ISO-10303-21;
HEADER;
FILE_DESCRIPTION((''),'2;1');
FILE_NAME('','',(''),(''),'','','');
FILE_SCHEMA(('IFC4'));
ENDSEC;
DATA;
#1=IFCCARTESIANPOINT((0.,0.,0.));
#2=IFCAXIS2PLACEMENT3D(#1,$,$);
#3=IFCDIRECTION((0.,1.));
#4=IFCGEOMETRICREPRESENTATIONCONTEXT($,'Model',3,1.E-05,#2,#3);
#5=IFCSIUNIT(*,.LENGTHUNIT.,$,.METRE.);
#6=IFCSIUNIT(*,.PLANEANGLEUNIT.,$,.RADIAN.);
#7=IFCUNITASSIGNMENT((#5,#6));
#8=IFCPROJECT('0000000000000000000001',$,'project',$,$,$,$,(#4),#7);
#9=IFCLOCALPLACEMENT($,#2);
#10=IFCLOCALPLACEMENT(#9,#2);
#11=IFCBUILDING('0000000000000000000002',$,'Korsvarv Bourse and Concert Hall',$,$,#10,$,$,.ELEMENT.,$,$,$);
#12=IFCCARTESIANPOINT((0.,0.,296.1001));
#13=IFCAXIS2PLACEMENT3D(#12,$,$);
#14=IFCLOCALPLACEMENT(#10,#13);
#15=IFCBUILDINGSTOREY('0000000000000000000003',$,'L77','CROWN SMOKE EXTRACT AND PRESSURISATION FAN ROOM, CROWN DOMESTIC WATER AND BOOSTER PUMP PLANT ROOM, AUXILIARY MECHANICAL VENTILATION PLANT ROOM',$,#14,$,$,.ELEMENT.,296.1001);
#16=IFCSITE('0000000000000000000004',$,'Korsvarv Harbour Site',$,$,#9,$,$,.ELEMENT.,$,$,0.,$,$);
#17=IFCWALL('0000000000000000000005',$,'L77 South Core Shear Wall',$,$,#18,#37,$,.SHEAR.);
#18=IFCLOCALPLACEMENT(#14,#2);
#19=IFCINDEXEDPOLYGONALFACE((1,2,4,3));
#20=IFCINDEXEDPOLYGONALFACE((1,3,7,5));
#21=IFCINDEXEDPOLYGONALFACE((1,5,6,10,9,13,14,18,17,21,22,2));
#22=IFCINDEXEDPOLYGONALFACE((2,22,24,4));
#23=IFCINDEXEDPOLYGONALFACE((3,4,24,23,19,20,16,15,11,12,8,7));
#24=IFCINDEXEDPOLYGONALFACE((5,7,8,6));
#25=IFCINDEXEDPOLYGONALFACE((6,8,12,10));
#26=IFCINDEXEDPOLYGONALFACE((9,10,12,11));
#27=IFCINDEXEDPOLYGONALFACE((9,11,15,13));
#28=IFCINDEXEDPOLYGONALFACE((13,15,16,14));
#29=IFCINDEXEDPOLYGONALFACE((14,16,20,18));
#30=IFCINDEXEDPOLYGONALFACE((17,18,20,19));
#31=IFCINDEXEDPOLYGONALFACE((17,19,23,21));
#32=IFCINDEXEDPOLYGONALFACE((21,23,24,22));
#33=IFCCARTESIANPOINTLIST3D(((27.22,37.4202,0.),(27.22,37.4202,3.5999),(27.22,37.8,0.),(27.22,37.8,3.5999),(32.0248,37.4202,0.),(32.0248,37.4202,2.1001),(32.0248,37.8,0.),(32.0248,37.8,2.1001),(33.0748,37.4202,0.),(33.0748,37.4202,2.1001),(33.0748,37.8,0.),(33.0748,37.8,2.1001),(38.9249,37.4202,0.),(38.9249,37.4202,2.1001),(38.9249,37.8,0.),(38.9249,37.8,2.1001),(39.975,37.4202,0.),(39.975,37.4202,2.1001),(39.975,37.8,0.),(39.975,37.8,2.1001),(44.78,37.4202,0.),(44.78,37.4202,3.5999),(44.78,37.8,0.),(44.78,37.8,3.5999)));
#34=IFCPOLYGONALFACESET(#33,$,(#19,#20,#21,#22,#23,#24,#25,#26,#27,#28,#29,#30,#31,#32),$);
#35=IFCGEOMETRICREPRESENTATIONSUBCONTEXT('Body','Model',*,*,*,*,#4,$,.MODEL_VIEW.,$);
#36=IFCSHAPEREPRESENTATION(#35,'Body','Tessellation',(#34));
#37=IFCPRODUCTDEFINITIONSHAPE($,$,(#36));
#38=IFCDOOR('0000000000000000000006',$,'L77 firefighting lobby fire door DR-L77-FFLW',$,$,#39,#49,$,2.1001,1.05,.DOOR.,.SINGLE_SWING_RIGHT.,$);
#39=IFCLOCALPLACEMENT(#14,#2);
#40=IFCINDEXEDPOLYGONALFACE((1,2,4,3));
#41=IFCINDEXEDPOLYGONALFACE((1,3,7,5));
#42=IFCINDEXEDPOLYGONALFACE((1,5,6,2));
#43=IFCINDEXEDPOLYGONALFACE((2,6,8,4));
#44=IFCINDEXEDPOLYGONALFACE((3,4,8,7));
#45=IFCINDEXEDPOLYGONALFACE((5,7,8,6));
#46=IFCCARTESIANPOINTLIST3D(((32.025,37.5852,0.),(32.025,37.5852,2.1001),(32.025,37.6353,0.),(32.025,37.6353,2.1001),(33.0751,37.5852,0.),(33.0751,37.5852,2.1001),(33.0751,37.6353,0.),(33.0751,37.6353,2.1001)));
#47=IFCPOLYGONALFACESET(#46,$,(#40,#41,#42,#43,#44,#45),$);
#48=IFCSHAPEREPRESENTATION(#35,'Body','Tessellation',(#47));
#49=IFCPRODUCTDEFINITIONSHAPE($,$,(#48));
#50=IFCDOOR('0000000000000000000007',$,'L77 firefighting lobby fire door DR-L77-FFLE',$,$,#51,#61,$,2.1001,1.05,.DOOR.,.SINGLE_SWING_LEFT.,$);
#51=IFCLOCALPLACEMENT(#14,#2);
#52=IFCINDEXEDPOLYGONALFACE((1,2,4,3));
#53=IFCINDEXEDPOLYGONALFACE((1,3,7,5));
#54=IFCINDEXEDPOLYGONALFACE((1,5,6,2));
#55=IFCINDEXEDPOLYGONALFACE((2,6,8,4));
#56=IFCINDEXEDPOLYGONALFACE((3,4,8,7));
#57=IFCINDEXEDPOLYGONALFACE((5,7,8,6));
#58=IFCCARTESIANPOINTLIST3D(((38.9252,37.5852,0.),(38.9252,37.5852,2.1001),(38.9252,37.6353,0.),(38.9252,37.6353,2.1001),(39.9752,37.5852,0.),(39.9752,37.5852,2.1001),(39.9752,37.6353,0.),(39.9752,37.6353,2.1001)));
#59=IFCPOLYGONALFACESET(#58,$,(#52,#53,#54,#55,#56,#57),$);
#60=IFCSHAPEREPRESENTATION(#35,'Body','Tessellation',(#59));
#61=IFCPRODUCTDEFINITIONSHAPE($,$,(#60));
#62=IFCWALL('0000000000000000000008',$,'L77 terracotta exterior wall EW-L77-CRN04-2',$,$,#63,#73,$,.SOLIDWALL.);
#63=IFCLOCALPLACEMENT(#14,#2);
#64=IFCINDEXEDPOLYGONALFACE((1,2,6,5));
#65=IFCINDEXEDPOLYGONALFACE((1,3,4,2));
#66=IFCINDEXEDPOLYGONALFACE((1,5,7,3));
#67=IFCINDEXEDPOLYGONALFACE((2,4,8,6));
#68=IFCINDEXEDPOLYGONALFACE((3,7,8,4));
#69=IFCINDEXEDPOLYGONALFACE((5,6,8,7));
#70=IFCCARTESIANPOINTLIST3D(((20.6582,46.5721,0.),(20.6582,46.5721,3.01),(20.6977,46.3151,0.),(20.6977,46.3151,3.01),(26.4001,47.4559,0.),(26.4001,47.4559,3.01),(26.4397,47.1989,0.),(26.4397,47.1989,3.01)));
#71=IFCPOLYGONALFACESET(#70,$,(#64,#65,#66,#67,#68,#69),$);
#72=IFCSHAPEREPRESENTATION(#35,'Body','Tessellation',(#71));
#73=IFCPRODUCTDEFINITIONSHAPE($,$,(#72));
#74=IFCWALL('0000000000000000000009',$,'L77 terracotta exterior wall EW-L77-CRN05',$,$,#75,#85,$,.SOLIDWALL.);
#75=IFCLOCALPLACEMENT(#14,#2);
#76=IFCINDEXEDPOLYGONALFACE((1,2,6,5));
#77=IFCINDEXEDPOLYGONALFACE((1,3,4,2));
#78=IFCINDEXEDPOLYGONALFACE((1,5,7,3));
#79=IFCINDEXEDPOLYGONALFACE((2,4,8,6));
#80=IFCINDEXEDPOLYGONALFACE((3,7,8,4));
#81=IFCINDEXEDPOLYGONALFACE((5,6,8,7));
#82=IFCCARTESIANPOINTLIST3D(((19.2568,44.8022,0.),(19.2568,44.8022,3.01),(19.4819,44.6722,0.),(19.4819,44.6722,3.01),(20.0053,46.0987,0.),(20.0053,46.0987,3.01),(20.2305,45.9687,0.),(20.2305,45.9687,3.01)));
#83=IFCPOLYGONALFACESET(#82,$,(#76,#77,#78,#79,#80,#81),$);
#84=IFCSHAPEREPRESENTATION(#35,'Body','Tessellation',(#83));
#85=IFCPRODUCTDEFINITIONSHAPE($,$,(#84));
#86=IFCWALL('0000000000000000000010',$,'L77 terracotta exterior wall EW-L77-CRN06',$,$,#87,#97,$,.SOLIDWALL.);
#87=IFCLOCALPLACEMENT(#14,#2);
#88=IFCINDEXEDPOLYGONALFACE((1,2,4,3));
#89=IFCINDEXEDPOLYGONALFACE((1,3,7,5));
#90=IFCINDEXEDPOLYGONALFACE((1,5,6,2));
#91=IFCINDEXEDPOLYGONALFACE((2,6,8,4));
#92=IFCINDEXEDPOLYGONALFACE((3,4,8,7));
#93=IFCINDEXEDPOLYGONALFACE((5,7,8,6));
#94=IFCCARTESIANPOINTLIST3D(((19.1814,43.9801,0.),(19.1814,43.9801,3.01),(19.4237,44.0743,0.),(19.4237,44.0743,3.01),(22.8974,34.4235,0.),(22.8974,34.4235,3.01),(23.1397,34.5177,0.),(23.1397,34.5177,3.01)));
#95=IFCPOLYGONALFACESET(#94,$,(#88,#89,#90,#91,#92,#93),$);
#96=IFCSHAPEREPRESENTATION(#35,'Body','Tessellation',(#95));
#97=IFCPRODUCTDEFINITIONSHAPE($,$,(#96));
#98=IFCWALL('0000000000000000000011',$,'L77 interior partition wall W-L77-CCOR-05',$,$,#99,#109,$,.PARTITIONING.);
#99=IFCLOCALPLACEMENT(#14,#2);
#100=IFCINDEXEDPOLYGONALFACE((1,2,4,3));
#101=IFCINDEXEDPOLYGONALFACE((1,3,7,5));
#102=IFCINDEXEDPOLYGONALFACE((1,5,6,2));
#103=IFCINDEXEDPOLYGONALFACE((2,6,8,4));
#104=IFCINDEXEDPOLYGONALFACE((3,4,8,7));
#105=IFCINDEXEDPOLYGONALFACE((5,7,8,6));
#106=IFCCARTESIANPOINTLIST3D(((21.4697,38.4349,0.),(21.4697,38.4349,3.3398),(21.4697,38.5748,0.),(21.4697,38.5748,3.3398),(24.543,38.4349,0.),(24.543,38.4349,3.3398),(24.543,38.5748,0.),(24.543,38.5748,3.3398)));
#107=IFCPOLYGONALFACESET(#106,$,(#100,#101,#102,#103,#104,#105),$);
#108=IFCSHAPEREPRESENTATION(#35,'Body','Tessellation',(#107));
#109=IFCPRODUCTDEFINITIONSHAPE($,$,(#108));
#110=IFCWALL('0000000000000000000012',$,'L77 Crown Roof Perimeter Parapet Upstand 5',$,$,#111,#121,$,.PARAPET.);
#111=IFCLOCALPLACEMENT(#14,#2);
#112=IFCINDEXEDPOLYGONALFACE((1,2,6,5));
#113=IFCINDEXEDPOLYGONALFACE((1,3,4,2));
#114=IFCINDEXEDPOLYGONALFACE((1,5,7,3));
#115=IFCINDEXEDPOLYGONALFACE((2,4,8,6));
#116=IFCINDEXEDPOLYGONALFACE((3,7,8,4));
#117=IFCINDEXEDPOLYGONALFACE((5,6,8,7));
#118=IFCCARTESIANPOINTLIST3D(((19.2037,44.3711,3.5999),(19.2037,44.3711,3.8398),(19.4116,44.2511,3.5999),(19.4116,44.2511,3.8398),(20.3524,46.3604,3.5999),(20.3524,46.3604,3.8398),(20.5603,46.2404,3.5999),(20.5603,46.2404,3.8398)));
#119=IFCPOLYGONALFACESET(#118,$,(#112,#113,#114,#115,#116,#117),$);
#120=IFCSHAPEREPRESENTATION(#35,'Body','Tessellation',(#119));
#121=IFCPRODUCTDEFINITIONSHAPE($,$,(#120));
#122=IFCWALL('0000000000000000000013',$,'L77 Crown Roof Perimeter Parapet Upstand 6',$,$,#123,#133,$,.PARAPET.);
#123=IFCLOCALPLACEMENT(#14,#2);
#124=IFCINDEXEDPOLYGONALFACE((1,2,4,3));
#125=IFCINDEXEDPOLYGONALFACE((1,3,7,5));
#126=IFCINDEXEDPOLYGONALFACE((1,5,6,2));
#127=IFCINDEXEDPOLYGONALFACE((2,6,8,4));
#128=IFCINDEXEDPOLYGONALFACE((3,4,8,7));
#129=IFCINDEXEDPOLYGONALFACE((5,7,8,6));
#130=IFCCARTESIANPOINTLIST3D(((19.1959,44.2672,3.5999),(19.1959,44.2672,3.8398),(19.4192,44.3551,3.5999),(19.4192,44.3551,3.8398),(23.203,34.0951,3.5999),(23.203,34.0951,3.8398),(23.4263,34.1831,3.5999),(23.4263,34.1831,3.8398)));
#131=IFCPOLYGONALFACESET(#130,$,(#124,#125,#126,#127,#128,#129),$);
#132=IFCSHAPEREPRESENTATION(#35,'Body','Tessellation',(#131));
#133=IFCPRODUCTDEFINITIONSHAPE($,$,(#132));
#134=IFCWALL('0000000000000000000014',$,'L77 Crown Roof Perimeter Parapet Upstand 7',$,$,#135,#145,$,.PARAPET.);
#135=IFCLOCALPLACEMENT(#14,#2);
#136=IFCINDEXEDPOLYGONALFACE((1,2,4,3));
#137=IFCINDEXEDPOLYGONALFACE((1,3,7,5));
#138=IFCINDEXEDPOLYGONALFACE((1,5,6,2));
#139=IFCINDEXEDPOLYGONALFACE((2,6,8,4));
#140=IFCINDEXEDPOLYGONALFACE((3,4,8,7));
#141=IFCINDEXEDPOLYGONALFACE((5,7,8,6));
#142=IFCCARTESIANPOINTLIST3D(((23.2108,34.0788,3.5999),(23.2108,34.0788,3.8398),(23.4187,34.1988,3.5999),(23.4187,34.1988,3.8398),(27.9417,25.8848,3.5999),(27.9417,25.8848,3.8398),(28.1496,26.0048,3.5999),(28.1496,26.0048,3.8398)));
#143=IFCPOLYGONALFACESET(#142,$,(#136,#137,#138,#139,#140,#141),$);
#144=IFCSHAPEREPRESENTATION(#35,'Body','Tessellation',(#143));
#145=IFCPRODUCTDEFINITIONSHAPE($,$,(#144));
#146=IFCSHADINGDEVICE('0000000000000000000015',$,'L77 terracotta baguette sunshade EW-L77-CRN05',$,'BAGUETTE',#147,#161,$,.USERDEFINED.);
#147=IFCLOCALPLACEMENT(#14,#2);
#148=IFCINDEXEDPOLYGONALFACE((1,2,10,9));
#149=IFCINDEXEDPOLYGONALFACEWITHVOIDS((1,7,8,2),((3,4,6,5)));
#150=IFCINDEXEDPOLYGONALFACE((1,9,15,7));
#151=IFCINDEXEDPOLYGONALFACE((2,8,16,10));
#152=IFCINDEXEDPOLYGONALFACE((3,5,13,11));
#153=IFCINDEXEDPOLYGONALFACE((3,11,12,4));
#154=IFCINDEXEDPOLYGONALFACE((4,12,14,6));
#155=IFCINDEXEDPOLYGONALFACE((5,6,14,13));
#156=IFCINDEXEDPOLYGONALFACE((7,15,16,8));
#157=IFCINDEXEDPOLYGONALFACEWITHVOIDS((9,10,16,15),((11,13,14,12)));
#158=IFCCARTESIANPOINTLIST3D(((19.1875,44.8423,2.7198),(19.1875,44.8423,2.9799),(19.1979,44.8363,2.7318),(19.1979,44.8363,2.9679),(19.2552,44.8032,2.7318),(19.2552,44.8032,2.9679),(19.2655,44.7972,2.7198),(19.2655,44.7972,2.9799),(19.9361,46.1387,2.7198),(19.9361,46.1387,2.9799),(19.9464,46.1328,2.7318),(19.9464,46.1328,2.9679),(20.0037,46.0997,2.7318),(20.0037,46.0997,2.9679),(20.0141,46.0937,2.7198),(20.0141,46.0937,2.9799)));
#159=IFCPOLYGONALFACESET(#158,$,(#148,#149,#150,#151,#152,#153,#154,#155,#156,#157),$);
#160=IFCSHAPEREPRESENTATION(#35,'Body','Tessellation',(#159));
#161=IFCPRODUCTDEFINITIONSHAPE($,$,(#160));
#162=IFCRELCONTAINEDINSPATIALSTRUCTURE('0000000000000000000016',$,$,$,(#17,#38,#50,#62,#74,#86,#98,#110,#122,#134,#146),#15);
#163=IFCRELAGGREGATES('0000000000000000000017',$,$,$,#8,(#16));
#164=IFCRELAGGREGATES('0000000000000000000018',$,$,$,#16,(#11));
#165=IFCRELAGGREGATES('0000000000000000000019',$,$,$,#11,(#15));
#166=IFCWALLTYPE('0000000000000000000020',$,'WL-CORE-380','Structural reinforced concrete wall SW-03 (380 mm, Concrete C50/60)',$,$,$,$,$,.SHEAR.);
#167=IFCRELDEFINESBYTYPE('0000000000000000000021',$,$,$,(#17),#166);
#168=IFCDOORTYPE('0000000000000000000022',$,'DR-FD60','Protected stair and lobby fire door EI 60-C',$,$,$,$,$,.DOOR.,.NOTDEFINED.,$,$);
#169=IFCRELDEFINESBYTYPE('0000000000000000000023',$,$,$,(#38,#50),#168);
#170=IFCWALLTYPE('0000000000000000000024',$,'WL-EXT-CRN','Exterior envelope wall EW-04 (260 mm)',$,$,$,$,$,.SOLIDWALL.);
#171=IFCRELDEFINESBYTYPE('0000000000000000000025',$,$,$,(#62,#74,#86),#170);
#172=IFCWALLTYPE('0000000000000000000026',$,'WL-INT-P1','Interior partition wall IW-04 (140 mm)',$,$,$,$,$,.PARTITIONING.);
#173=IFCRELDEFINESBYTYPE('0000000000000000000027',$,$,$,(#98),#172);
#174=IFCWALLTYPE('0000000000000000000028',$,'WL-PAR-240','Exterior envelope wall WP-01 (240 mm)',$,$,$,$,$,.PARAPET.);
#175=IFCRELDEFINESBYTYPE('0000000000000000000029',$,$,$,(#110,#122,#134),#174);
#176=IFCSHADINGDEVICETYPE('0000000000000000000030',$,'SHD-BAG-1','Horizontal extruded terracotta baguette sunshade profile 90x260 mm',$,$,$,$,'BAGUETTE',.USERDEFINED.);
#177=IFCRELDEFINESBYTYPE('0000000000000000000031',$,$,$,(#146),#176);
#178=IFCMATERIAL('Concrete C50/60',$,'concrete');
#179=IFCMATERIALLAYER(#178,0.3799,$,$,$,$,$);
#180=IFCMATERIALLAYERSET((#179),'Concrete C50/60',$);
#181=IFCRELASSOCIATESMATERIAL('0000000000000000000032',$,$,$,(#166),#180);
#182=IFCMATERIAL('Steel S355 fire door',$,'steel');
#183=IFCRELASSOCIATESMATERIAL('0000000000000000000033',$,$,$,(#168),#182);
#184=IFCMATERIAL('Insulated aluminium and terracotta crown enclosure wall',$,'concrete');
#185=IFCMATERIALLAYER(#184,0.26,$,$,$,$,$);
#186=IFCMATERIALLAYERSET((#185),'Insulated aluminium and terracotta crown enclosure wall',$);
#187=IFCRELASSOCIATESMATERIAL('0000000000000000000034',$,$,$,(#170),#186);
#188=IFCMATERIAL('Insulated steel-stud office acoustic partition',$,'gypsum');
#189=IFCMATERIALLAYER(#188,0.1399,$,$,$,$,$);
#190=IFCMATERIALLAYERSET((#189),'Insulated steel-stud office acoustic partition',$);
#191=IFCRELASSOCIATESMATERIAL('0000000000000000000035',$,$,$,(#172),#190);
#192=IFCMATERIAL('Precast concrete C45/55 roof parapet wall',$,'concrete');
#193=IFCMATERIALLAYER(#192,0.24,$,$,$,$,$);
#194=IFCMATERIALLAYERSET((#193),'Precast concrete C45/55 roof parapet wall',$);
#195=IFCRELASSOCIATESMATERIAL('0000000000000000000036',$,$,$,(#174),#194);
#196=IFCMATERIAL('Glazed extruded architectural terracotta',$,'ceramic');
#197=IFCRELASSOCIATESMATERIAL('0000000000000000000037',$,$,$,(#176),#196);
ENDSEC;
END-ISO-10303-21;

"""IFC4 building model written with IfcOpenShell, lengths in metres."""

from ifc_helpers import new_model, si_unit, direction, frame, frame_2d, origin, origin_2d, place, context, subcontext, project, spatial, rectangle, hollow_rectangle, extrude, source, transform, mapped, material, layer, layer_set, material_profile, profile_set, type_object, element, fill, save


model = new_model("IFC4")

# Units and contexts
model_context = context("Model", 3, precision=1e-05, world=origin(), true_north=direction((0.0, 1.0)))
body_context = subcontext(model_context, "Body", "Model", "MODEL_VIEW")
ifc_project = project(units=[si_unit("LENGTHUNIT", "METRE"), si_unit("PLANEANGLEUNIT", "RADIAN")], contexts=[model_context])

# Site, building, storey
site_placement = place(None, origin())
site = spatial("IfcSite", under=ifc_project, at=site_placement, Name="Korsvarv Harbour Site", CompositionType="ELEMENT", RefElevation=0.0)
building_placement = place(site_placement, origin())
building = spatial("IfcBuilding", under=site, at=building_placement, Name="Korsvarv Bourse and Concert Hall", CompositionType="ELEMENT")
storey_placement = place(building_placement, frame((0.0, 0.0, 296.1001)))
storey = spatial("IfcBuildingStorey", under=building, at=storey_placement, Name="L77", Description="CROWN SMOKE EXTRACT AND PRESSURISATION FAN ROOM, CROWN DOMESTIC WATER AND BOOSTER PUMP PLANT ROOM, AUXILIARY MECHANICAL VENTILATION PLANT ROOM", CompositionType="ELEMENT", Elevation=296.1001)

# Shared definitions
ifc_material_1 = material(Name="Concrete C50/60", Category="concrete")

# Shared definitions
ifc_layer_1 = layer(ifc_material_1, 0.3799)
ifc_layer_set_1 = layer_set([ifc_layer_1], Name="Concrete C50/60")
wall_type_1 = type_object("IfcWallType", Name="WL-CORE-380", Description="Structural reinforced concrete wall SW-03 (380 mm, Concrete C50/60)", PredefinedType="SHEAR", material=ifc_layer_set_1)

# Wall, openings, doors
wall_1_placement = place(storey_placement, frame((27.22, 37.6101, 0.0), z_axis=(0.0, 0.0, 1.0), x_axis=(1.0, 0.0, 0.0)))
wall_1 = element("IfcWall", 1, at=wall_1_placement, inside=storey, type_object=wall_type_1, Name="L77 South Core Shear Wall", PredefinedType="SHEAR", context=body_context, shape_type="SweptSolid", body=[
    extrude(rectangle(XDim=17.5601, YDim=0.3799, at=frame_2d((8.78, 0.0))), origin(), (0.0, 0.0, 1.0), 3.5999),
])
opening_1_placement = place(wall_1_placement, frame((4.8049, 0.0, 0.0)))
opening_1 = element("IfcOpeningElement", 2, at=opening_1_placement, cuts=wall_1, PredefinedType="OPENING", context=body_context, shape_type="SweptSolid", body=[
    extrude(rectangle(XDim=1.05, YDim=2.1001, at=frame_2d((0.5249, 1.05))), frame((0.0, 0.2, 0.0), z_axis=(0.0, -1.0, 0.0), x_axis=(1.0, 0.0, 0.0)), (0.0, 0.0, 1.0), 0.3999),
])
opening_2_placement = place(wall_1_placement, frame((11.7051, 0.0, 0.0)))
opening_2 = element("IfcOpeningElement", 3, at=opening_2_placement, cuts=wall_1, PredefinedType="OPENING", context=body_context, shape_type="SweptSolid", body=[
    extrude(rectangle(XDim=1.05, YDim=2.1001, at=frame_2d((0.5249, 1.05))), frame((0.0, 0.2, 0.0), z_axis=(0.0, -1.0, 0.0), x_axis=(1.0, 0.0, 0.0)), (0.0, 0.0, 1.0), 0.3999),
])
ifc_material_2 = material(Name="Steel S355 fire door", Category="steel")
door_type = type_object("IfcDoorType", Name="DR-FD60", Description="Protected stair and lobby fire door EI 60-C", OperationType="NOTDEFINED", PredefinedType="DOOR", material=ifc_material_2)
door_1_placement = place(opening_1_placement, frame((1.05, 0.0, 0.0), z_axis=(0.0, 0.0, 1.0), x_axis=(-1.0, 0.0, 0.0)))
door_1 = element("IfcDoor", 4, at=door_1_placement, inside=storey, type_object=door_type, Name="L77 firefighting lobby fire door DR-L77-FFLW", OperationType="SINGLE_SWING_RIGHT", OverallHeight=2.1001, OverallWidth=1.05, PredefinedType="DOOR", context=body_context, shape_type="SweptSolid", body=[
    extrude(rectangle(XDim=1.05, YDim=2.1001, at=frame_2d((0.5249, 1.05))), frame((0.0, 0.0249, 0.0), z_axis=(0.0, -1.0, 0.0), x_axis=(1.0, 0.0, 0.0)), (0.0, 0.0, 1.0), 0.05),
])
fill(opening_1, door_1)
door_2_placement = place(opening_2_placement, frame((1.05, 0.0, 0.0), z_axis=(0.0, 0.0, 1.0), x_axis=(-1.0, 0.0, 0.0)))
door_2 = element("IfcDoor", 5, at=door_2_placement, inside=storey, type_object=door_type, Name="L77 firefighting lobby fire door DR-L77-FFLE", OperationType="SINGLE_SWING_LEFT", OverallHeight=2.1001, OverallWidth=1.05, PredefinedType="DOOR", context=body_context, shape_type="SweptSolid", body=[
    extrude(rectangle(XDim=1.05, YDim=2.1001, at=frame_2d((0.5249, 1.05))), frame((0.0, 0.0249, 0.0), z_axis=(0.0, -1.0, 0.0), x_axis=(1.0, 0.0, 0.0)), (0.0, 0.0, 1.0), 0.05),
])
fill(opening_2, door_2)

# Walls
ifc_material_3 = material(Name="Insulated aluminium and terracotta crown enclosure wall", Category="concrete")
ifc_layer_2 = layer(ifc_material_3, 0.26)
ifc_layer_set_2 = layer_set([ifc_layer_2], Name="Insulated aluminium and terracotta crown enclosure wall")
wall_type_2 = type_object("IfcWallType", Name="WL-EXT-CRN", Description="Exterior envelope wall EW-04 (260 mm)", PredefinedType="SOLIDWALL", material=ifc_layer_set_2)
wall_2_placement = place(storey_placement, frame((26.4199, 47.3274, 0.0), z_axis=(0.0, 0.0, 1.0), x_axis=(-0.988361, -0.152127, 0.0)))
element("IfcWall", 6, at=wall_2_placement, inside=storey, type_object=wall_type_2, Name="L77 terracotta exterior wall EW-L77-CRN04-2", PredefinedType="SOLIDWALL", context=body_context, shape_type="SweptSolid", body=[
    extrude(rectangle(XDim=5.8096, YDim=0.26, at=frame_2d((2.9048, 0.0))), origin(), (0.0, 0.0, 1.0), 3.01),
])
wall_3_placement = place(storey_placement, frame((20.1179, 46.0337, 0.0), z_axis=(0.0, 0.0, 1.0), x_axis=(-0.500033, -0.866006, 0.0)))
element("IfcWall", 7, at=wall_3_placement, inside=storey, type_object=wall_type_2, Name="L77 terracotta exterior wall EW-L77-CRN05", PredefinedType="SOLIDWALL", context=body_context, shape_type="SweptSolid", body=[
    extrude(rectangle(XDim=1.4971, YDim=0.26, at=frame_2d((0.7485, 0.0))), origin(), (0.0, 0.0, 1.0), 3.01),
])
wall_4_placement = place(storey_placement, frame((19.3025, 44.0273, 0.0), z_axis=(0.0, 0.0, 1.0), x_axis=(0.362412, -0.932018, 0.0)))
element("IfcWall", 8, at=wall_4_placement, inside=storey, type_object=wall_type_2, Name="L77 terracotta exterior wall EW-L77-CRN06", PredefinedType="SOLIDWALL", context=body_context, shape_type="SweptSolid", body=[
    extrude(rectangle(XDim=10.2537, YDim=0.26, at=frame_2d((5.127, 0.0))), origin(), (0.0, 0.0, 1.0), 3.01),
])
ifc_material_4 = material(Name="Insulated steel-stud office acoustic partition", Category="gypsum")
ifc_layer_3 = layer(ifc_material_4, 0.1399)
ifc_layer_set_3 = layer_set([ifc_layer_3], Name="Insulated steel-stud office acoustic partition")
wall_type_3 = type_object("IfcWallType", Name="WL-INT-P1", Description="Interior partition wall IW-04 (140 mm)", PredefinedType="PARTITIONING", material=ifc_layer_set_3)
wall_5_placement = place(storey_placement, frame((21.4697, 38.5049, 0.0), z_axis=(0.0, 0.0, 1.0), x_axis=(1.0, 0.0, 0.0)))
element("IfcWall", 9, at=wall_5_placement, inside=storey, type_object=wall_type_3, Name="L77 interior partition wall W-L77-CCOR-05", PredefinedType="PARTITIONING", context=body_context, shape_type="SweptSolid", body=[
    extrude(rectangle(XDim=3.0732, YDim=0.1399, at=frame_2d((1.5366, 0.0))), origin(), (0.0, 0.0, 1.0), 3.3398),
])
ifc_material_5 = material(Name="Precast concrete C45/55 roof parapet wall", Category="concrete")
ifc_layer_4 = layer(ifc_material_5, 0.24)
ifc_layer_set_4 = layer_set([ifc_layer_4], Name="Precast concrete C45/55 roof parapet wall")
wall_type_4 = type_object("IfcWallType", Name="WL-PAR-240", Description="Exterior envelope wall WP-01 (240 mm)", PredefinedType="PARAPET", material=ifc_layer_set_4)
wall_6_placement = place(storey_placement, frame((20.4563, 46.3003, 3.5999), z_axis=(0.0, 0.0, 1.0), x_axis=(-0.50006, -0.865991, 0.0)))
element("IfcWall", 10, at=wall_6_placement, inside=storey, type_object=wall_type_4, Name="L77 Crown Roof Perimeter Parapet Upstand 5", PredefinedType="PARAPET", context=body_context, shape_type="SweptSolid", body=[
    extrude(rectangle(XDim=2.2971, YDim=0.24, at=frame_2d((1.1484, 0.0))), origin(), (0.0, 0.0, 1.0), 0.24),
])
wall_7_placement = place(storey_placement, frame((19.3076, 44.311, 3.5999), z_axis=(0.0, 0.0, 1.0), x_axis=(0.366515, -0.930412, 0.0)))
element("IfcWall", 11, at=wall_7_placement, inside=storey, type_object=wall_type_4, Name="L77 Crown Roof Perimeter Parapet Upstand 6", PredefinedType="PARAPET", context=body_context, shape_type="SweptSolid", body=[
    extrude(rectangle(XDim=10.9329, YDim=0.24, at=frame_2d((5.4663, 0.0))), origin(), (0.0, 0.0, 1.0), 0.24),
])
wall_8_placement = place(storey_placement, frame((23.3147, 34.1389, 3.5999), z_axis=(0.0, 0.0, 1.0), x_axis=(0.500008, -0.866021, 0.0)))
element("IfcWall", 12, at=wall_8_placement, inside=storey, type_object=wall_type_4, Name="L77 Crown Roof Perimeter Parapet Upstand 7", PredefinedType="PARAPET", context=body_context, shape_type="SweptSolid", body=[
    extrude(rectangle(XDim=9.4617, YDim=0.24, at=frame_2d((4.731, 0.0))), origin(), (0.0, 0.0, 1.0), 0.24),
])

# Shading device
ifc_material_6 = material(Name="Glazed extruded architectural terracotta", Category="ceramic")
ifc_material_profile_1 = material_profile(ifc_material_6, hollow_rectangle(XDim=0.0901, YDim=0.26, WallThickness=0.012, at=origin_2d()), Name="TC-BAG 90x260")
ifc_profile_set_1 = profile_set([ifc_material_profile_1], Name="Glazed extruded architectural terracotta")
shading_device_type = type_object("IfcShadingDeviceType", Name="SHD-BAG-1", Description="Horizontal extruded terracotta baguette sunshade profile 90x260 mm", ElementType="BAGUETTE", PredefinedType="USERDEFINED", material=ifc_profile_set_1)
shared_shape_1 = source(origin(), body_context, "Body", "SweptSolid", [
    extrude(hollow_rectangle(XDim=0.0901, YDim=0.26, WallThickness=0.012, at=origin_2d()), origin(), (0.0, 0.0, 1.0), 1.4971),
])
shading_device_1_placement = place(storey_placement, frame((19.9751, 46.1162, 2.8499), z_axis=(-0.500033, -0.866006, 0.0), x_axis=(0.866006, -0.500033, 0.0)))
element("IfcShadingDevice", 13, at=shading_device_1_placement, inside=storey, type_object=shading_device_type, Name="L77 terracotta baguette sunshade EW-L77-CRN05", ObjectType="BAGUETTE", PredefinedType="USERDEFINED", context=body_context, shape_type="MappedRepresentation", body=[
    mapped(shared_shape_1, transform((0.0, 0.0, 0.0), scale=1.0)),
])

save(model, "model.ifc")
